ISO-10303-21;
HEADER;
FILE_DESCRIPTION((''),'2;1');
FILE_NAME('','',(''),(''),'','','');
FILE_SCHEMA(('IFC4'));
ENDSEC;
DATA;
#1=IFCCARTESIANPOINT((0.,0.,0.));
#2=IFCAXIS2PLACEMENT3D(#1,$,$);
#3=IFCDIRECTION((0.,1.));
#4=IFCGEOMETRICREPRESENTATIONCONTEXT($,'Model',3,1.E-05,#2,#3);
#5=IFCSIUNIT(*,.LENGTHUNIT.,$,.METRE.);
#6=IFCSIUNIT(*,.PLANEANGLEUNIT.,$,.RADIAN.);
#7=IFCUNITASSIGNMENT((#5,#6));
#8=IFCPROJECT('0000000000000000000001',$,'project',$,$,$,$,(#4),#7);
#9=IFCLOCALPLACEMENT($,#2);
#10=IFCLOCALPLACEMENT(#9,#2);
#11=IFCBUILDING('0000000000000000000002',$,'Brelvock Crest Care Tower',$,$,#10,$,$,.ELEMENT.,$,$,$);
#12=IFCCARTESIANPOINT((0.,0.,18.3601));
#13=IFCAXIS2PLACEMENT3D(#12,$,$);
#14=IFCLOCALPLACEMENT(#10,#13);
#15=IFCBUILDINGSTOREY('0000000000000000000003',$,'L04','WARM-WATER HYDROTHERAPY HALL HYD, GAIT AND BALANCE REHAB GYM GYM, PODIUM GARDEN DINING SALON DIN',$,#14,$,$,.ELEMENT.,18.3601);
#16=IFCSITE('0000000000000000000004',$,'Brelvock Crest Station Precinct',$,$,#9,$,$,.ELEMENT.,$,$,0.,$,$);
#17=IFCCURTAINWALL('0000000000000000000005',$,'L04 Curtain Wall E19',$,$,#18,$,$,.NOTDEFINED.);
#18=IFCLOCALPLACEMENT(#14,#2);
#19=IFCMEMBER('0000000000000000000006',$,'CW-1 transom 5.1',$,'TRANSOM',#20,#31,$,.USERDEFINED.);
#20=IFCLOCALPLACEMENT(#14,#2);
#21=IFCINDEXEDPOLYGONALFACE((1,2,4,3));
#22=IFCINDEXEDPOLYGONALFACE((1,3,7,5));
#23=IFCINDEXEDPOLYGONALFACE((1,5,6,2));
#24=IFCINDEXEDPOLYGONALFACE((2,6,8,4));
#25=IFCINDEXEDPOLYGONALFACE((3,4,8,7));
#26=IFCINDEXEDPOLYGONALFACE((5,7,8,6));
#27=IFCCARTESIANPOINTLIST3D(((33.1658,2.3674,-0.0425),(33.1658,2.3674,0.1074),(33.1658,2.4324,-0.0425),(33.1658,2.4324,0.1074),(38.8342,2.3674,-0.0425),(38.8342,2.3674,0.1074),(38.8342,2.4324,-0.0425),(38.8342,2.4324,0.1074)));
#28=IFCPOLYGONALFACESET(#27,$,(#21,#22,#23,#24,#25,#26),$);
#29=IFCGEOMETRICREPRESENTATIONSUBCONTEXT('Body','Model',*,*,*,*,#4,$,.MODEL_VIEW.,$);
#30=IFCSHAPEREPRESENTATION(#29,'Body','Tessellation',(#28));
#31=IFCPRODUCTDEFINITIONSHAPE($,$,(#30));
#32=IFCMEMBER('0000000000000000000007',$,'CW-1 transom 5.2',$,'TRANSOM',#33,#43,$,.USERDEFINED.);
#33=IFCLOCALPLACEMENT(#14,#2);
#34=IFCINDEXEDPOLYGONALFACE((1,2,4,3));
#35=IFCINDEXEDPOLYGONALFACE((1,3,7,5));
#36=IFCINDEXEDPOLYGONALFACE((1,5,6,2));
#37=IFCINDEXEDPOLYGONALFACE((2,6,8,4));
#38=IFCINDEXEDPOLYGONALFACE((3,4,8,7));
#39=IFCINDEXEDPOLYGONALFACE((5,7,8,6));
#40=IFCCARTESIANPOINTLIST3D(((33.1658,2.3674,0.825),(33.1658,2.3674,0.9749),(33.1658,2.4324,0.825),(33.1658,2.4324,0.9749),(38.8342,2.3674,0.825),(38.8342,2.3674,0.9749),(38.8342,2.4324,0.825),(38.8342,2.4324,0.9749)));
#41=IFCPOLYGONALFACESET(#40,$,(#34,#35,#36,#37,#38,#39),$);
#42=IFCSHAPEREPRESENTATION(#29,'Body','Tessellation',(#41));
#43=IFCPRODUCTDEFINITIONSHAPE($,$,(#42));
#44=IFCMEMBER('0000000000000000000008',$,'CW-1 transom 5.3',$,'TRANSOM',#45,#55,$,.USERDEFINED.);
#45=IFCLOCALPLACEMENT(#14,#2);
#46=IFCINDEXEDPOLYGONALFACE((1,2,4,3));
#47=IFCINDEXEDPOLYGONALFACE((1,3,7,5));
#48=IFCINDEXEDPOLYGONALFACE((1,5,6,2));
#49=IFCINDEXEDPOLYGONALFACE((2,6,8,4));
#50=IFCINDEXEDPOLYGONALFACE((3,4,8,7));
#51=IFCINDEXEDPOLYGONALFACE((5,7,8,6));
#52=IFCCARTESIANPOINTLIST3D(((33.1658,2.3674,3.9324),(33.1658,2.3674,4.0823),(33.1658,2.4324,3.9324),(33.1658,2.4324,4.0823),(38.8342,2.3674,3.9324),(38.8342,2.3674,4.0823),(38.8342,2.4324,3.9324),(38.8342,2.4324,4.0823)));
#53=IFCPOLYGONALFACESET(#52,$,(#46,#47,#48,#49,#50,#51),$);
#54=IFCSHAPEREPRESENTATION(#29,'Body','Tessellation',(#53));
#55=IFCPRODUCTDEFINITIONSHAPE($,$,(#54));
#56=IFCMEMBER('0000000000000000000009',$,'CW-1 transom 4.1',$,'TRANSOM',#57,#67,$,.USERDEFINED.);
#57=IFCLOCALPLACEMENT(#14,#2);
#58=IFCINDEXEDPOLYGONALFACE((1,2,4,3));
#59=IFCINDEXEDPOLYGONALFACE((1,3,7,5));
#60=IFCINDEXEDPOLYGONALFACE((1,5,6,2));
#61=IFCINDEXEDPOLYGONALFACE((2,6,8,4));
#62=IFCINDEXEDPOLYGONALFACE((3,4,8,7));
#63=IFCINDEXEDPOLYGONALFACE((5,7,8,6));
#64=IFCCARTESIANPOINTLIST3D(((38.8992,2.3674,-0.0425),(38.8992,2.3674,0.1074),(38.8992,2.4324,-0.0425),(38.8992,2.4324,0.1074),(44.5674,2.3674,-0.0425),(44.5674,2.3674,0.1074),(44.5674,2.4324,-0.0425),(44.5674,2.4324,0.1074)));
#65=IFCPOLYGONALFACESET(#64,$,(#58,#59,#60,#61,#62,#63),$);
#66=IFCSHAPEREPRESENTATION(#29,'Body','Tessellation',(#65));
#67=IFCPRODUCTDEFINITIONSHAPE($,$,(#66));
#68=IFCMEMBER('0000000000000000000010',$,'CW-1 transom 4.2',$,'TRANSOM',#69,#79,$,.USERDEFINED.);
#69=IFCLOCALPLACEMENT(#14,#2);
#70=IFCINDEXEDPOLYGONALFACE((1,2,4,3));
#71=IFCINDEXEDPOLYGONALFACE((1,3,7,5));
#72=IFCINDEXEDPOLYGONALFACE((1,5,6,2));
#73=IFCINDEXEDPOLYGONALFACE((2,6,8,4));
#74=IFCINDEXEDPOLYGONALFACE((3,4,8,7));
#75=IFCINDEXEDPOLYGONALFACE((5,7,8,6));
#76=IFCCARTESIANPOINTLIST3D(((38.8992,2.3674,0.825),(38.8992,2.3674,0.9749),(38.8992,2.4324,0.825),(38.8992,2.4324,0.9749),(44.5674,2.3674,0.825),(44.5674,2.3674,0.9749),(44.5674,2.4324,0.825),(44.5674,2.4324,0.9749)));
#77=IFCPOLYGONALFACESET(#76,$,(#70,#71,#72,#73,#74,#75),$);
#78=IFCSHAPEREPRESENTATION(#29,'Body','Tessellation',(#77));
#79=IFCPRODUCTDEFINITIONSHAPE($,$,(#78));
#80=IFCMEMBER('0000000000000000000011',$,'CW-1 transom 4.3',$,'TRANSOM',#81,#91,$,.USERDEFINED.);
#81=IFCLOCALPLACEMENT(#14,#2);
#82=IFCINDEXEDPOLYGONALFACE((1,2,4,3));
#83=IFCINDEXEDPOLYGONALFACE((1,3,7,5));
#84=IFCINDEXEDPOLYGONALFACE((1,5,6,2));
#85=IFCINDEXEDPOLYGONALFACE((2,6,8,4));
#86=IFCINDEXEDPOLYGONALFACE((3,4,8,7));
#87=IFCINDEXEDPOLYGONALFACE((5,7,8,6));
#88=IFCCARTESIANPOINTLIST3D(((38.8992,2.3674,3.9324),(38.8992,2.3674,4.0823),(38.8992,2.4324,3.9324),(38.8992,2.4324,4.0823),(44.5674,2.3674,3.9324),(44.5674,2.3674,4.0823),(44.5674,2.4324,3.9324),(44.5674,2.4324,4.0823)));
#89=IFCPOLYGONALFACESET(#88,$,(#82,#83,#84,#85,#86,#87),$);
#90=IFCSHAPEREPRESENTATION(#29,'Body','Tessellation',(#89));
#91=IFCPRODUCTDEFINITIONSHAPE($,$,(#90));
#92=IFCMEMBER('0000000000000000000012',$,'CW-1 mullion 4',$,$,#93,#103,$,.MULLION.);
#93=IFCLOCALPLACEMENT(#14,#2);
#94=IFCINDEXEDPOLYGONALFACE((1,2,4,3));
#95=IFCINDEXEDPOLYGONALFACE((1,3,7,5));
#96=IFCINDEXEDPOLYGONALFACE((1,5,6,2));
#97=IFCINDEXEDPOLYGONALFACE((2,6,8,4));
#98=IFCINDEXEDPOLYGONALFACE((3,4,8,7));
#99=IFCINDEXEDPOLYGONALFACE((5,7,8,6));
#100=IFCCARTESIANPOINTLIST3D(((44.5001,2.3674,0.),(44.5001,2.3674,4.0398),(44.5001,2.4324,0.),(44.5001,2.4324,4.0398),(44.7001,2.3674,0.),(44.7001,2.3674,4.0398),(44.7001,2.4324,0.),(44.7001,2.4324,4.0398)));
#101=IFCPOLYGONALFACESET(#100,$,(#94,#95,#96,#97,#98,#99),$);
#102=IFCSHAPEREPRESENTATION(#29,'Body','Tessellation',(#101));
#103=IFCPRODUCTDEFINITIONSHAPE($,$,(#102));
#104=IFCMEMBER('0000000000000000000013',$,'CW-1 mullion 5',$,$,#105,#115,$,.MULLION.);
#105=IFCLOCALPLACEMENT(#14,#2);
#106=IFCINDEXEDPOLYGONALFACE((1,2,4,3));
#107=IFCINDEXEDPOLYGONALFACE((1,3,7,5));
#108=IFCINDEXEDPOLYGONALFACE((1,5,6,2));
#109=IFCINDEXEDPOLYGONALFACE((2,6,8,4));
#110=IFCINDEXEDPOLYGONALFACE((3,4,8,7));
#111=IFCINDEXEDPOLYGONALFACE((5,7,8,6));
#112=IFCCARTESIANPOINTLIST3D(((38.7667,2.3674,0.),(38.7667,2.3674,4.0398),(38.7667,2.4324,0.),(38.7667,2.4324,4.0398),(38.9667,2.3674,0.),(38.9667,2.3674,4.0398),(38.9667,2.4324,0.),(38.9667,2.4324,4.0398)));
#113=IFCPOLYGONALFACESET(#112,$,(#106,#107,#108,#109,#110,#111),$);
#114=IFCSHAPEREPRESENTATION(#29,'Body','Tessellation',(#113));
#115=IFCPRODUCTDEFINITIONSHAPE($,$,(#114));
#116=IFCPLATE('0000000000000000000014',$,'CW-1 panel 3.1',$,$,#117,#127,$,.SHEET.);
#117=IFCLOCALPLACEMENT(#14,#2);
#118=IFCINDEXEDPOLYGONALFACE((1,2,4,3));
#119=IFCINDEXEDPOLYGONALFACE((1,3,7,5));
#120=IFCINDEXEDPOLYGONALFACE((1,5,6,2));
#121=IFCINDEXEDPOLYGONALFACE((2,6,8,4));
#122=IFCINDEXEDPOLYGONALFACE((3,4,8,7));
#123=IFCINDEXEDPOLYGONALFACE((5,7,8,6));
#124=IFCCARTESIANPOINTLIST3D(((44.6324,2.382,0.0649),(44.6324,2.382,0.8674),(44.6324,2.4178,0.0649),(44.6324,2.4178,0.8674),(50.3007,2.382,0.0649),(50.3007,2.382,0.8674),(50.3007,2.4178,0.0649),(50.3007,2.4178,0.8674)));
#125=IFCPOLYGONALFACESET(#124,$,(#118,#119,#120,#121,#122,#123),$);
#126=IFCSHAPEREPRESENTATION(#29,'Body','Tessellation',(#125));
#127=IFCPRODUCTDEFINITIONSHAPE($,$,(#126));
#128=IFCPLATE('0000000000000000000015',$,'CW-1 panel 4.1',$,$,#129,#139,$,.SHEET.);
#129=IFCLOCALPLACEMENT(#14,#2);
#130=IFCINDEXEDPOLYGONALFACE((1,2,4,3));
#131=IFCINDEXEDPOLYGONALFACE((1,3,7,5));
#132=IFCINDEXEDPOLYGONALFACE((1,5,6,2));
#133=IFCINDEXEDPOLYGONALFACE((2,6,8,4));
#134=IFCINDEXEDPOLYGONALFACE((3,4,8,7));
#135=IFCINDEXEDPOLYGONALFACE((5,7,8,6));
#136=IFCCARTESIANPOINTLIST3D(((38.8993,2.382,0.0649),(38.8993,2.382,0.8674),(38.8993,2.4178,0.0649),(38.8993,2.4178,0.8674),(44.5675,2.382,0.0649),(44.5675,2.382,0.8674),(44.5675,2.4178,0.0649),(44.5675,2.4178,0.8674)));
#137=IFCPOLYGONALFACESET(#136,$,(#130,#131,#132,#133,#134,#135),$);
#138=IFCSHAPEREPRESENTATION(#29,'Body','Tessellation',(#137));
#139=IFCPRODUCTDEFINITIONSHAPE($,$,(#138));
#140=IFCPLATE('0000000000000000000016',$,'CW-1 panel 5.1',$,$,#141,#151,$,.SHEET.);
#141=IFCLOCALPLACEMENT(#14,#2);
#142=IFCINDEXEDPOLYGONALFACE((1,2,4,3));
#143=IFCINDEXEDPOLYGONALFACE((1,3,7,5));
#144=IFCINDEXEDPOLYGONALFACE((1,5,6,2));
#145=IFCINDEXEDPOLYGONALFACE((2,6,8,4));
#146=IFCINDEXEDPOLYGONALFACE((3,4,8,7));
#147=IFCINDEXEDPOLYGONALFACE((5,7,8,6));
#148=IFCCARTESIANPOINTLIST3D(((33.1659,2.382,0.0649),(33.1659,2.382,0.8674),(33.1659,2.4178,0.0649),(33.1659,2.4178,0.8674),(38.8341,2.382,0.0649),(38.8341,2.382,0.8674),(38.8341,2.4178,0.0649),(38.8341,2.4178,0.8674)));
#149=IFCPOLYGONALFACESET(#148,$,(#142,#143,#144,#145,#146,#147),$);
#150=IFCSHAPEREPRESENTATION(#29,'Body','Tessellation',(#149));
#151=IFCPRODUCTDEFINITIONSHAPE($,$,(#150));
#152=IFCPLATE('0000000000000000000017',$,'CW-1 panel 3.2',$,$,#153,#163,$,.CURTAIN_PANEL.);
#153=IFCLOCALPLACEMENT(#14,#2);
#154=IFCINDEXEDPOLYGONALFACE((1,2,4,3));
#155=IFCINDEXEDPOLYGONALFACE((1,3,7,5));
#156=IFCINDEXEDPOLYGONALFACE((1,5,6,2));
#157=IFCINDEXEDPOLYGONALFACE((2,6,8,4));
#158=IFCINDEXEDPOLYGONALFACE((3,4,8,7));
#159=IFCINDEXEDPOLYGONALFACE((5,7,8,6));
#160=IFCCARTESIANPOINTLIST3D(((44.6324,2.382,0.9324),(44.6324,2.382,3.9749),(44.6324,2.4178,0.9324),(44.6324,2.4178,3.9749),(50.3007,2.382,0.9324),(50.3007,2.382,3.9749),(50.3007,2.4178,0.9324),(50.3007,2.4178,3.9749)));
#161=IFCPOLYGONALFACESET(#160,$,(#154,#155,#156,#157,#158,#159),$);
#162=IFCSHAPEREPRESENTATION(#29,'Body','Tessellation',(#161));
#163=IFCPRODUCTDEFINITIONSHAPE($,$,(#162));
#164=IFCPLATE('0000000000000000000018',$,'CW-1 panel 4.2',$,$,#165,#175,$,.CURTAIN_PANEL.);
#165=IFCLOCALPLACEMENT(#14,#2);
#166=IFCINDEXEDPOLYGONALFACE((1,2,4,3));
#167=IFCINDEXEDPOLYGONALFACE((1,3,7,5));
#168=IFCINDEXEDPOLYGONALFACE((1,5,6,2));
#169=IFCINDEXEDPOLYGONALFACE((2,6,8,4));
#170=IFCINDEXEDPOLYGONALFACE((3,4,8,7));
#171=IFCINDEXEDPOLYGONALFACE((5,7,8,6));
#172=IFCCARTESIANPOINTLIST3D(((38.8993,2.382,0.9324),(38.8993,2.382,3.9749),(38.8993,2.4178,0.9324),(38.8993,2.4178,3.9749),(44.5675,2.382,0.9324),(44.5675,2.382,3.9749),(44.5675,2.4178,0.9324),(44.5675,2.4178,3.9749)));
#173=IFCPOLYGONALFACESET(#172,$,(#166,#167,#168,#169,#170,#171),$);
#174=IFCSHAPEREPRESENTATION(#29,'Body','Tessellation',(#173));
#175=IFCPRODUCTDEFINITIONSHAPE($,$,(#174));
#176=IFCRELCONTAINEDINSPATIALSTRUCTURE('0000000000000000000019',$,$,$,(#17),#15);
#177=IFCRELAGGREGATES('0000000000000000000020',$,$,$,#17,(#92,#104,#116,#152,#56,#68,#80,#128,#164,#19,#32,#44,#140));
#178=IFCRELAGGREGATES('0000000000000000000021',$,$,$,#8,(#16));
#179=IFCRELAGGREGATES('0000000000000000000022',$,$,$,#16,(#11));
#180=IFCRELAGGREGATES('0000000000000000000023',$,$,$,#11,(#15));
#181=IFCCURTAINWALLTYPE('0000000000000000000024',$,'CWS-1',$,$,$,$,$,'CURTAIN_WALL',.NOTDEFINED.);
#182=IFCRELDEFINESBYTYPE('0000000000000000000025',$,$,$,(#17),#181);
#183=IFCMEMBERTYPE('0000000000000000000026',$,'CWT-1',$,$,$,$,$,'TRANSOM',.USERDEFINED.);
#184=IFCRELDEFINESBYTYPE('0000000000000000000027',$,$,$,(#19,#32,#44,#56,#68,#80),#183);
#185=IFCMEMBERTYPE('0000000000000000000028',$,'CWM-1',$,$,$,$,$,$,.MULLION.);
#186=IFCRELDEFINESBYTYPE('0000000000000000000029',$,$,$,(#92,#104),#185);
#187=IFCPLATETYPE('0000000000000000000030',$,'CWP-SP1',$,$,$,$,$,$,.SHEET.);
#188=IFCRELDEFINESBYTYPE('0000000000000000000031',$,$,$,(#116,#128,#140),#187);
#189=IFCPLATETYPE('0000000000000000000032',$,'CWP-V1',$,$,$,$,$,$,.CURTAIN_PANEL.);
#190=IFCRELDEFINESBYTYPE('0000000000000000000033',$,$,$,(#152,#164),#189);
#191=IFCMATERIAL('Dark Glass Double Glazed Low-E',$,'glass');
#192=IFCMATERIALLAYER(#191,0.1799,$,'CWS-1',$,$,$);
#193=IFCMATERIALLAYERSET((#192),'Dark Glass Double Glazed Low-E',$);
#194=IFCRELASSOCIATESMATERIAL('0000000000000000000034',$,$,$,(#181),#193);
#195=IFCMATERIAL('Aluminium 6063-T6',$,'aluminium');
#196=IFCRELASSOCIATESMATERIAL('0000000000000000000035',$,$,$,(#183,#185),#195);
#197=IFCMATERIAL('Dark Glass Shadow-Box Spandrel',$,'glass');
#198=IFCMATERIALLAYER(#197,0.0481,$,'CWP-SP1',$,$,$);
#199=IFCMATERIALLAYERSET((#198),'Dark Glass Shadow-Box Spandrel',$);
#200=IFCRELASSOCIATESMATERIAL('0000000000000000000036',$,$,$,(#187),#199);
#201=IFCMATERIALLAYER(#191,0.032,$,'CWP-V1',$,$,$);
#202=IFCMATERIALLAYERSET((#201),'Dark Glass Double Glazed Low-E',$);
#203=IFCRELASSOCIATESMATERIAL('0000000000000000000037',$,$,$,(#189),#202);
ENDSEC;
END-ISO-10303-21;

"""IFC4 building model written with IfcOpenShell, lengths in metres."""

from ifc_helpers import new_model, si_unit, direction, frame, origin, origin_2d, place, context, subcontext, project, spatial, rectangle, extrude, source, transform, mapped, material, layer, layer_set, material_profile, profile_set, type_object, element, aggregate, save


model = new_model("IFC4")

# Units and contexts
model_context = context("Model", 3, precision=1e-05, world=origin(), true_north=direction((0.0, 1.0)))
body_context = subcontext(model_context, "Body", "Model", "MODEL_VIEW")
ifc_project = project(units=[si_unit("LENGTHUNIT", "METRE"), si_unit("PLANEANGLEUNIT", "RADIAN")], contexts=[model_context])

# Site, building, storey
site_placement = place(None, origin())
site = spatial("IfcSite", under=ifc_project, at=site_placement, Name="Brelvock Crest Station Precinct", CompositionType="ELEMENT", RefElevation=0.0)
building_placement = place(site_placement, origin())
building = spatial("IfcBuilding", under=site, at=building_placement, Name="Brelvock Crest Care Tower", CompositionType="ELEMENT")
storey_placement = place(building_placement, frame((0.0, 0.0, 18.3601)))
storey = spatial("IfcBuildingStorey", under=building, at=storey_placement, Name="L04", Description="WARM-WATER HYDROTHERAPY HALL HYD, GAIT AND BALANCE REHAB GYM GYM, PODIUM GARDEN DINING SALON DIN", CompositionType="ELEMENT", Elevation=18.3601)

# Curtain wall, members, plates
ifc_material_1 = material(Name="Dark Glass Double Glazed Low-E", Category="glass")
ifc_layer_1 = layer(ifc_material_1, 0.1799, Name="CWS-1")
ifc_layer_set_1 = layer_set([ifc_layer_1], Name="Dark Glass Double Glazed Low-E")
curtain_wall_type = type_object("IfcCurtainWallType", Name="CWS-1", ElementType="CURTAIN_WALL", PredefinedType="NOTDEFINED", material=ifc_layer_set_1)
curtain_wall_placement = place(storey_placement, origin())
curtain_wall = element("IfcCurtainWall", 1, at=curtain_wall_placement, inside=storey, type_object=curtain_wall_type, Name="L04 Curtain Wall E19", PredefinedType="NOTDEFINED")
ifc_material_2 = material(Name="Aluminium 6063-T6", Category="aluminium")
ifc_material_profile_1 = material_profile(ifc_material_2, rectangle(XDim=0.0649, YDim=0.1499, at=origin_2d()), Name="ALU65x150")
ifc_profile_set_1 = profile_set([ifc_material_profile_1], Name="Aluminium 6063-T6")
member_type_1 = type_object("IfcMemberType", Name="CWT-1", ElementType="TRANSOM", PredefinedType="USERDEFINED", material=ifc_profile_set_1)
shared_shape_1 = source(origin(), body_context, "Body", "SweptSolid", [
    extrude(rectangle(XDim=0.0649, YDim=0.1499, at=origin_2d()), origin(), (0.0, 0.0, 1.0), 5.6685),
])
member_1_placement = place(storey_placement, frame((38.8342, 2.3999, 0.0325), z_axis=(-1.0, 0.0, 0.0), x_axis=(0.0, -1.0, 0.0)))
member_1 = element("IfcMember", 2, at=member_1_placement, type_object=member_type_1, Name="CW-1 transom 5.1", ObjectType="TRANSOM", PredefinedType="USERDEFINED", context=body_context, shape_type="MappedRepresentation", body=[
    mapped(shared_shape_1, transform((0.0, 0.0, 0.0), x_axis=(1.0, 0.0, 0.0), y_axis=(0.0, 1.0, 0.0), z_axis=(0.0, 0.0, 1.0), scale=1.0)),
])
member_2_placement = place(storey_placement, frame((38.8342, 2.3999, 0.8999), z_axis=(-1.0, 0.0, 0.0), x_axis=(0.0, -1.0, 0.0)))
member_2 = element("IfcMember", 3, at=member_2_placement, type_object=member_type_1, Name="CW-1 transom 5.2", ObjectType="TRANSOM", PredefinedType="USERDEFINED", context=body_context, shape_type="MappedRepresentation", body=[
    mapped(shared_shape_1, transform((0.0, 0.0, 0.0), x_axis=(1.0, 0.0, 0.0), y_axis=(0.0, 1.0, 0.0), z_axis=(0.0, 0.0, 1.0), scale=1.0)),
])
member_3_placement = place(storey_placement, frame((38.8342, 2.3999, 4.0073), z_axis=(-1.0, 0.0, 0.0), x_axis=(0.0, -1.0, 0.0)))
member_3 = element("IfcMember", 4, at=member_3_placement, type_object=member_type_1, Name="CW-1 transom 5.3", ObjectType="TRANSOM", PredefinedType="USERDEFINED", context=body_context, shape_type="MappedRepresentation", body=[
    mapped(shared_shape_1, transform((0.0, 0.0, 0.0), x_axis=(1.0, 0.0, 0.0), y_axis=(0.0, 1.0, 0.0), z_axis=(0.0, 0.0, 1.0), scale=1.0)),
])
shared_shape_2 = source(origin(), body_context, "Body", "SweptSolid", [
    extrude(rectangle(XDim=0.0649, YDim=0.1499, at=origin_2d()), origin(), (0.0, 0.0, 1.0), 5.6682),
])
member_4_placement = place(storey_placement, frame((44.5674, 2.3999, 0.0325), z_axis=(-1.0, 0.0, 0.0), x_axis=(0.0, -1.0, 0.0)))
member_4 = element("IfcMember", 5, at=member_4_placement, type_object=member_type_1, Name="CW-1 transom 4.1", ObjectType="TRANSOM", PredefinedType="USERDEFINED", context=body_context, shape_type="MappedRepresentation", body=[
    mapped(shared_shape_2, transform((0.0, 0.0, 0.0), x_axis=(1.0, 0.0, 0.0), y_axis=(0.0, 1.0, 0.0), z_axis=(0.0, 0.0, 1.0), scale=1.0)),
])
member_5_placement = place(storey_placement, frame((44.5674, 2.3999, 0.8999), z_axis=(-1.0, 0.0, 0.0), x_axis=(0.0, -1.0, 0.0)))
member_5 = element("IfcMember", 6, at=member_5_placement, type_object=member_type_1, Name="CW-1 transom 4.2", ObjectType="TRANSOM", PredefinedType="USERDEFINED", context=body_context, shape_type="MappedRepresentation", body=[
    mapped(shared_shape_2, transform((0.0, 0.0, 0.0), x_axis=(1.0, 0.0, 0.0), y_axis=(0.0, 1.0, 0.0), z_axis=(0.0, 0.0, 1.0), scale=1.0)),
])
member_6_placement = place(storey_placement, frame((44.5674, 2.3999, 4.0073), z_axis=(-1.0, 0.0, 0.0), x_axis=(0.0, -1.0, 0.0)))
member_6 = element("IfcMember", 7, at=member_6_placement, type_object=member_type_1, Name="CW-1 transom 4.3", ObjectType="TRANSOM", PredefinedType="USERDEFINED", context=body_context, shape_type="MappedRepresentation", body=[
    mapped(shared_shape_2, transform((0.0, 0.0, 0.0), x_axis=(1.0, 0.0, 0.0), y_axis=(0.0, 1.0, 0.0), z_axis=(0.0, 0.0, 1.0), scale=1.0)),
])
ifc_material_profile_2 = material_profile(ifc_material_2, rectangle(XDim=0.0649, YDim=0.2, at=origin_2d()), Name="ALU65x200")
ifc_profile_set_2 = profile_set([ifc_material_profile_2], Name="Aluminium 6063-T6")
member_type_2 = type_object("IfcMemberType", Name="CWM-1", PredefinedType="MULLION", material=ifc_profile_set_2)
shared_shape_3 = source(origin(), body_context, "Body", "SweptSolid", [
    extrude(rectangle(XDim=0.0649, YDim=0.2, at=origin_2d()), origin(), (0.0, 0.0, 1.0), 4.0398),
])
member_7_placement = place(storey_placement, frame((44.6001, 2.3999, 0.0), z_axis=(0.0, 0.0, 1.0), x_axis=(0.0, -1.0, 0.0)))
member_7 = element("IfcMember", 8, at=member_7_placement, type_object=member_type_2, Name="CW-1 mullion 4", PredefinedType="MULLION", context=body_context, shape_type="MappedRepresentation", body=[
    mapped(shared_shape_3, transform((0.0, 0.0, 0.0), x_axis=(1.0, 0.0, 0.0), y_axis=(0.0, 1.0, 0.0), z_axis=(0.0, 0.0, 1.0), scale=1.0)),
])
member_8_placement = place(storey_placement, frame((38.8667, 2.3999, 0.0), z_axis=(0.0, 0.0, 1.0), x_axis=(0.0, -1.0, 0.0)))
member_8 = element("IfcMember", 9, at=member_8_placement, type_object=member_type_2, Name="CW-1 mullion 5", PredefinedType="MULLION", context=body_context, shape_type="MappedRepresentation", body=[
    mapped(shared_shape_3, transform((0.0, 0.0, 0.0), x_axis=(1.0, 0.0, 0.0), y_axis=(0.0, 1.0, 0.0), z_axis=(0.0, 0.0, 1.0), scale=1.0)),
])
ifc_material_3 = material(Name="Dark Glass Shadow-Box Spandrel", Category="glass")
ifc_layer_2 = layer(ifc_material_3, 0.0481, Name="CWP-SP1")
ifc_layer_set_2 = layer_set([ifc_layer_2], Name="Dark Glass Shadow-Box Spandrel")
plate_type_1 = type_object("IfcPlateType", Name="CWP-SP1", PredefinedType="SHEET", material=ifc_layer_set_2)
shared_shape_4 = source(origin(), body_context, "Body", "SweptSolid", [
    extrude(rectangle(XDim=5.6682, YDim=0.0359, at=origin_2d()), origin(), (0.0, 0.0, 1.0), 0.8025),
])
plate_1_placement = place(storey_placement, frame((47.4666, 2.3999, 0.0649), z_axis=(0.0, 0.0, 1.0), x_axis=(-1.0, 0.0, 0.0)))
plate_1 = element("IfcPlate", 10, at=plate_1_placement, type_object=plate_type_1, Name="CW-1 panel 3.1", PredefinedType="SHEET", context=body_context, shape_type="MappedRepresentation", body=[
    mapped(shared_shape_4, transform((0.0, 0.0, 0.0), x_axis=(1.0, 0.0, 0.0), y_axis=(0.0, 1.0, 0.0), z_axis=(0.0, 0.0, 1.0), scale=1.0)),
])
plate_2_placement = place(storey_placement, frame((41.7334, 2.3999, 0.0649), z_axis=(0.0, 0.0, 1.0), x_axis=(-1.0, 0.0, 0.0)))
plate_2 = element("IfcPlate", 11, at=plate_2_placement, type_object=plate_type_1, Name="CW-1 panel 4.1", PredefinedType="SHEET", context=body_context, shape_type="MappedRepresentation", body=[
    mapped(shared_shape_4, transform((0.0, 0.0, 0.0), x_axis=(1.0, 0.0, 0.0), y_axis=(0.0, 1.0, 0.0), z_axis=(0.0, 0.0, 1.0), scale=1.0)),
])
plate_3_placement = place(storey_placement, frame((36.0, 2.3999, 0.0649), z_axis=(0.0, 0.0, 1.0), x_axis=(-1.0, 0.0, 0.0)))
plate_3 = element("IfcPlate", 12, at=plate_3_placement, type_object=plate_type_1, Name="CW-1 panel 5.1", PredefinedType="SHEET", context=body_context, shape_type="MappedRepresentation", body=[
    mapped(shared_shape_4, transform((0.0, 0.0, 0.0), x_axis=(1.0, 0.0, 0.0), y_axis=(0.0, 1.0, 0.0), z_axis=(0.0, 0.0, 1.0), scale=1.0)),
])
ifc_layer_3 = layer(ifc_material_1, 0.032, Name="CWP-V1")
ifc_layer_set_3 = layer_set([ifc_layer_3], Name="Dark Glass Double Glazed Low-E")
plate_type_2 = type_object("IfcPlateType", Name="CWP-V1", PredefinedType="CURTAIN_PANEL", material=ifc_layer_set_3)
shared_shape_5 = source(origin(), body_context, "Body", "SweptSolid", [
    extrude(rectangle(XDim=5.6682, YDim=0.0359, at=origin_2d()), origin(), (0.0, 0.0, 1.0), 3.0425),
])
plate_4_placement = place(storey_placement, frame((47.4666, 2.3999, 0.9324), z_axis=(0.0, 0.0, 1.0), x_axis=(-1.0, 0.0, 0.0)))
plate_4 = element("IfcPlate", 13, at=plate_4_placement, type_object=plate_type_2, Name="CW-1 panel 3.2", PredefinedType="CURTAIN_PANEL", context=body_context, shape_type="MappedRepresentation", body=[
    mapped(shared_shape_5, transform((0.0, 0.0, 0.0), x_axis=(1.0, 0.0, 0.0), y_axis=(0.0, 1.0, 0.0), z_axis=(0.0, 0.0, 1.0), scale=1.0)),
])
plate_5_placement = place(storey_placement, frame((41.7334, 2.3999, 0.9324), z_axis=(0.0, 0.0, 1.0), x_axis=(-1.0, 0.0, 0.0)))
plate_5 = element("IfcPlate", 14, at=plate_5_placement, type_object=plate_type_2, Name="CW-1 panel 4.2", PredefinedType="CURTAIN_PANEL", context=body_context, shape_type="MappedRepresentation", body=[
    mapped(shared_shape_5, transform((0.0, 0.0, 0.0), x_axis=(1.0, 0.0, 0.0), y_axis=(0.0, 1.0, 0.0), z_axis=(0.0, 0.0, 1.0), scale=1.0)),
])
aggregate(curtain_wall, [member_7, member_8, plate_1, plate_4, member_4, member_5, member_6, plate_2, plate_5, member_1, member_2, member_3, plate_3])

save(model, "model.ifc")
